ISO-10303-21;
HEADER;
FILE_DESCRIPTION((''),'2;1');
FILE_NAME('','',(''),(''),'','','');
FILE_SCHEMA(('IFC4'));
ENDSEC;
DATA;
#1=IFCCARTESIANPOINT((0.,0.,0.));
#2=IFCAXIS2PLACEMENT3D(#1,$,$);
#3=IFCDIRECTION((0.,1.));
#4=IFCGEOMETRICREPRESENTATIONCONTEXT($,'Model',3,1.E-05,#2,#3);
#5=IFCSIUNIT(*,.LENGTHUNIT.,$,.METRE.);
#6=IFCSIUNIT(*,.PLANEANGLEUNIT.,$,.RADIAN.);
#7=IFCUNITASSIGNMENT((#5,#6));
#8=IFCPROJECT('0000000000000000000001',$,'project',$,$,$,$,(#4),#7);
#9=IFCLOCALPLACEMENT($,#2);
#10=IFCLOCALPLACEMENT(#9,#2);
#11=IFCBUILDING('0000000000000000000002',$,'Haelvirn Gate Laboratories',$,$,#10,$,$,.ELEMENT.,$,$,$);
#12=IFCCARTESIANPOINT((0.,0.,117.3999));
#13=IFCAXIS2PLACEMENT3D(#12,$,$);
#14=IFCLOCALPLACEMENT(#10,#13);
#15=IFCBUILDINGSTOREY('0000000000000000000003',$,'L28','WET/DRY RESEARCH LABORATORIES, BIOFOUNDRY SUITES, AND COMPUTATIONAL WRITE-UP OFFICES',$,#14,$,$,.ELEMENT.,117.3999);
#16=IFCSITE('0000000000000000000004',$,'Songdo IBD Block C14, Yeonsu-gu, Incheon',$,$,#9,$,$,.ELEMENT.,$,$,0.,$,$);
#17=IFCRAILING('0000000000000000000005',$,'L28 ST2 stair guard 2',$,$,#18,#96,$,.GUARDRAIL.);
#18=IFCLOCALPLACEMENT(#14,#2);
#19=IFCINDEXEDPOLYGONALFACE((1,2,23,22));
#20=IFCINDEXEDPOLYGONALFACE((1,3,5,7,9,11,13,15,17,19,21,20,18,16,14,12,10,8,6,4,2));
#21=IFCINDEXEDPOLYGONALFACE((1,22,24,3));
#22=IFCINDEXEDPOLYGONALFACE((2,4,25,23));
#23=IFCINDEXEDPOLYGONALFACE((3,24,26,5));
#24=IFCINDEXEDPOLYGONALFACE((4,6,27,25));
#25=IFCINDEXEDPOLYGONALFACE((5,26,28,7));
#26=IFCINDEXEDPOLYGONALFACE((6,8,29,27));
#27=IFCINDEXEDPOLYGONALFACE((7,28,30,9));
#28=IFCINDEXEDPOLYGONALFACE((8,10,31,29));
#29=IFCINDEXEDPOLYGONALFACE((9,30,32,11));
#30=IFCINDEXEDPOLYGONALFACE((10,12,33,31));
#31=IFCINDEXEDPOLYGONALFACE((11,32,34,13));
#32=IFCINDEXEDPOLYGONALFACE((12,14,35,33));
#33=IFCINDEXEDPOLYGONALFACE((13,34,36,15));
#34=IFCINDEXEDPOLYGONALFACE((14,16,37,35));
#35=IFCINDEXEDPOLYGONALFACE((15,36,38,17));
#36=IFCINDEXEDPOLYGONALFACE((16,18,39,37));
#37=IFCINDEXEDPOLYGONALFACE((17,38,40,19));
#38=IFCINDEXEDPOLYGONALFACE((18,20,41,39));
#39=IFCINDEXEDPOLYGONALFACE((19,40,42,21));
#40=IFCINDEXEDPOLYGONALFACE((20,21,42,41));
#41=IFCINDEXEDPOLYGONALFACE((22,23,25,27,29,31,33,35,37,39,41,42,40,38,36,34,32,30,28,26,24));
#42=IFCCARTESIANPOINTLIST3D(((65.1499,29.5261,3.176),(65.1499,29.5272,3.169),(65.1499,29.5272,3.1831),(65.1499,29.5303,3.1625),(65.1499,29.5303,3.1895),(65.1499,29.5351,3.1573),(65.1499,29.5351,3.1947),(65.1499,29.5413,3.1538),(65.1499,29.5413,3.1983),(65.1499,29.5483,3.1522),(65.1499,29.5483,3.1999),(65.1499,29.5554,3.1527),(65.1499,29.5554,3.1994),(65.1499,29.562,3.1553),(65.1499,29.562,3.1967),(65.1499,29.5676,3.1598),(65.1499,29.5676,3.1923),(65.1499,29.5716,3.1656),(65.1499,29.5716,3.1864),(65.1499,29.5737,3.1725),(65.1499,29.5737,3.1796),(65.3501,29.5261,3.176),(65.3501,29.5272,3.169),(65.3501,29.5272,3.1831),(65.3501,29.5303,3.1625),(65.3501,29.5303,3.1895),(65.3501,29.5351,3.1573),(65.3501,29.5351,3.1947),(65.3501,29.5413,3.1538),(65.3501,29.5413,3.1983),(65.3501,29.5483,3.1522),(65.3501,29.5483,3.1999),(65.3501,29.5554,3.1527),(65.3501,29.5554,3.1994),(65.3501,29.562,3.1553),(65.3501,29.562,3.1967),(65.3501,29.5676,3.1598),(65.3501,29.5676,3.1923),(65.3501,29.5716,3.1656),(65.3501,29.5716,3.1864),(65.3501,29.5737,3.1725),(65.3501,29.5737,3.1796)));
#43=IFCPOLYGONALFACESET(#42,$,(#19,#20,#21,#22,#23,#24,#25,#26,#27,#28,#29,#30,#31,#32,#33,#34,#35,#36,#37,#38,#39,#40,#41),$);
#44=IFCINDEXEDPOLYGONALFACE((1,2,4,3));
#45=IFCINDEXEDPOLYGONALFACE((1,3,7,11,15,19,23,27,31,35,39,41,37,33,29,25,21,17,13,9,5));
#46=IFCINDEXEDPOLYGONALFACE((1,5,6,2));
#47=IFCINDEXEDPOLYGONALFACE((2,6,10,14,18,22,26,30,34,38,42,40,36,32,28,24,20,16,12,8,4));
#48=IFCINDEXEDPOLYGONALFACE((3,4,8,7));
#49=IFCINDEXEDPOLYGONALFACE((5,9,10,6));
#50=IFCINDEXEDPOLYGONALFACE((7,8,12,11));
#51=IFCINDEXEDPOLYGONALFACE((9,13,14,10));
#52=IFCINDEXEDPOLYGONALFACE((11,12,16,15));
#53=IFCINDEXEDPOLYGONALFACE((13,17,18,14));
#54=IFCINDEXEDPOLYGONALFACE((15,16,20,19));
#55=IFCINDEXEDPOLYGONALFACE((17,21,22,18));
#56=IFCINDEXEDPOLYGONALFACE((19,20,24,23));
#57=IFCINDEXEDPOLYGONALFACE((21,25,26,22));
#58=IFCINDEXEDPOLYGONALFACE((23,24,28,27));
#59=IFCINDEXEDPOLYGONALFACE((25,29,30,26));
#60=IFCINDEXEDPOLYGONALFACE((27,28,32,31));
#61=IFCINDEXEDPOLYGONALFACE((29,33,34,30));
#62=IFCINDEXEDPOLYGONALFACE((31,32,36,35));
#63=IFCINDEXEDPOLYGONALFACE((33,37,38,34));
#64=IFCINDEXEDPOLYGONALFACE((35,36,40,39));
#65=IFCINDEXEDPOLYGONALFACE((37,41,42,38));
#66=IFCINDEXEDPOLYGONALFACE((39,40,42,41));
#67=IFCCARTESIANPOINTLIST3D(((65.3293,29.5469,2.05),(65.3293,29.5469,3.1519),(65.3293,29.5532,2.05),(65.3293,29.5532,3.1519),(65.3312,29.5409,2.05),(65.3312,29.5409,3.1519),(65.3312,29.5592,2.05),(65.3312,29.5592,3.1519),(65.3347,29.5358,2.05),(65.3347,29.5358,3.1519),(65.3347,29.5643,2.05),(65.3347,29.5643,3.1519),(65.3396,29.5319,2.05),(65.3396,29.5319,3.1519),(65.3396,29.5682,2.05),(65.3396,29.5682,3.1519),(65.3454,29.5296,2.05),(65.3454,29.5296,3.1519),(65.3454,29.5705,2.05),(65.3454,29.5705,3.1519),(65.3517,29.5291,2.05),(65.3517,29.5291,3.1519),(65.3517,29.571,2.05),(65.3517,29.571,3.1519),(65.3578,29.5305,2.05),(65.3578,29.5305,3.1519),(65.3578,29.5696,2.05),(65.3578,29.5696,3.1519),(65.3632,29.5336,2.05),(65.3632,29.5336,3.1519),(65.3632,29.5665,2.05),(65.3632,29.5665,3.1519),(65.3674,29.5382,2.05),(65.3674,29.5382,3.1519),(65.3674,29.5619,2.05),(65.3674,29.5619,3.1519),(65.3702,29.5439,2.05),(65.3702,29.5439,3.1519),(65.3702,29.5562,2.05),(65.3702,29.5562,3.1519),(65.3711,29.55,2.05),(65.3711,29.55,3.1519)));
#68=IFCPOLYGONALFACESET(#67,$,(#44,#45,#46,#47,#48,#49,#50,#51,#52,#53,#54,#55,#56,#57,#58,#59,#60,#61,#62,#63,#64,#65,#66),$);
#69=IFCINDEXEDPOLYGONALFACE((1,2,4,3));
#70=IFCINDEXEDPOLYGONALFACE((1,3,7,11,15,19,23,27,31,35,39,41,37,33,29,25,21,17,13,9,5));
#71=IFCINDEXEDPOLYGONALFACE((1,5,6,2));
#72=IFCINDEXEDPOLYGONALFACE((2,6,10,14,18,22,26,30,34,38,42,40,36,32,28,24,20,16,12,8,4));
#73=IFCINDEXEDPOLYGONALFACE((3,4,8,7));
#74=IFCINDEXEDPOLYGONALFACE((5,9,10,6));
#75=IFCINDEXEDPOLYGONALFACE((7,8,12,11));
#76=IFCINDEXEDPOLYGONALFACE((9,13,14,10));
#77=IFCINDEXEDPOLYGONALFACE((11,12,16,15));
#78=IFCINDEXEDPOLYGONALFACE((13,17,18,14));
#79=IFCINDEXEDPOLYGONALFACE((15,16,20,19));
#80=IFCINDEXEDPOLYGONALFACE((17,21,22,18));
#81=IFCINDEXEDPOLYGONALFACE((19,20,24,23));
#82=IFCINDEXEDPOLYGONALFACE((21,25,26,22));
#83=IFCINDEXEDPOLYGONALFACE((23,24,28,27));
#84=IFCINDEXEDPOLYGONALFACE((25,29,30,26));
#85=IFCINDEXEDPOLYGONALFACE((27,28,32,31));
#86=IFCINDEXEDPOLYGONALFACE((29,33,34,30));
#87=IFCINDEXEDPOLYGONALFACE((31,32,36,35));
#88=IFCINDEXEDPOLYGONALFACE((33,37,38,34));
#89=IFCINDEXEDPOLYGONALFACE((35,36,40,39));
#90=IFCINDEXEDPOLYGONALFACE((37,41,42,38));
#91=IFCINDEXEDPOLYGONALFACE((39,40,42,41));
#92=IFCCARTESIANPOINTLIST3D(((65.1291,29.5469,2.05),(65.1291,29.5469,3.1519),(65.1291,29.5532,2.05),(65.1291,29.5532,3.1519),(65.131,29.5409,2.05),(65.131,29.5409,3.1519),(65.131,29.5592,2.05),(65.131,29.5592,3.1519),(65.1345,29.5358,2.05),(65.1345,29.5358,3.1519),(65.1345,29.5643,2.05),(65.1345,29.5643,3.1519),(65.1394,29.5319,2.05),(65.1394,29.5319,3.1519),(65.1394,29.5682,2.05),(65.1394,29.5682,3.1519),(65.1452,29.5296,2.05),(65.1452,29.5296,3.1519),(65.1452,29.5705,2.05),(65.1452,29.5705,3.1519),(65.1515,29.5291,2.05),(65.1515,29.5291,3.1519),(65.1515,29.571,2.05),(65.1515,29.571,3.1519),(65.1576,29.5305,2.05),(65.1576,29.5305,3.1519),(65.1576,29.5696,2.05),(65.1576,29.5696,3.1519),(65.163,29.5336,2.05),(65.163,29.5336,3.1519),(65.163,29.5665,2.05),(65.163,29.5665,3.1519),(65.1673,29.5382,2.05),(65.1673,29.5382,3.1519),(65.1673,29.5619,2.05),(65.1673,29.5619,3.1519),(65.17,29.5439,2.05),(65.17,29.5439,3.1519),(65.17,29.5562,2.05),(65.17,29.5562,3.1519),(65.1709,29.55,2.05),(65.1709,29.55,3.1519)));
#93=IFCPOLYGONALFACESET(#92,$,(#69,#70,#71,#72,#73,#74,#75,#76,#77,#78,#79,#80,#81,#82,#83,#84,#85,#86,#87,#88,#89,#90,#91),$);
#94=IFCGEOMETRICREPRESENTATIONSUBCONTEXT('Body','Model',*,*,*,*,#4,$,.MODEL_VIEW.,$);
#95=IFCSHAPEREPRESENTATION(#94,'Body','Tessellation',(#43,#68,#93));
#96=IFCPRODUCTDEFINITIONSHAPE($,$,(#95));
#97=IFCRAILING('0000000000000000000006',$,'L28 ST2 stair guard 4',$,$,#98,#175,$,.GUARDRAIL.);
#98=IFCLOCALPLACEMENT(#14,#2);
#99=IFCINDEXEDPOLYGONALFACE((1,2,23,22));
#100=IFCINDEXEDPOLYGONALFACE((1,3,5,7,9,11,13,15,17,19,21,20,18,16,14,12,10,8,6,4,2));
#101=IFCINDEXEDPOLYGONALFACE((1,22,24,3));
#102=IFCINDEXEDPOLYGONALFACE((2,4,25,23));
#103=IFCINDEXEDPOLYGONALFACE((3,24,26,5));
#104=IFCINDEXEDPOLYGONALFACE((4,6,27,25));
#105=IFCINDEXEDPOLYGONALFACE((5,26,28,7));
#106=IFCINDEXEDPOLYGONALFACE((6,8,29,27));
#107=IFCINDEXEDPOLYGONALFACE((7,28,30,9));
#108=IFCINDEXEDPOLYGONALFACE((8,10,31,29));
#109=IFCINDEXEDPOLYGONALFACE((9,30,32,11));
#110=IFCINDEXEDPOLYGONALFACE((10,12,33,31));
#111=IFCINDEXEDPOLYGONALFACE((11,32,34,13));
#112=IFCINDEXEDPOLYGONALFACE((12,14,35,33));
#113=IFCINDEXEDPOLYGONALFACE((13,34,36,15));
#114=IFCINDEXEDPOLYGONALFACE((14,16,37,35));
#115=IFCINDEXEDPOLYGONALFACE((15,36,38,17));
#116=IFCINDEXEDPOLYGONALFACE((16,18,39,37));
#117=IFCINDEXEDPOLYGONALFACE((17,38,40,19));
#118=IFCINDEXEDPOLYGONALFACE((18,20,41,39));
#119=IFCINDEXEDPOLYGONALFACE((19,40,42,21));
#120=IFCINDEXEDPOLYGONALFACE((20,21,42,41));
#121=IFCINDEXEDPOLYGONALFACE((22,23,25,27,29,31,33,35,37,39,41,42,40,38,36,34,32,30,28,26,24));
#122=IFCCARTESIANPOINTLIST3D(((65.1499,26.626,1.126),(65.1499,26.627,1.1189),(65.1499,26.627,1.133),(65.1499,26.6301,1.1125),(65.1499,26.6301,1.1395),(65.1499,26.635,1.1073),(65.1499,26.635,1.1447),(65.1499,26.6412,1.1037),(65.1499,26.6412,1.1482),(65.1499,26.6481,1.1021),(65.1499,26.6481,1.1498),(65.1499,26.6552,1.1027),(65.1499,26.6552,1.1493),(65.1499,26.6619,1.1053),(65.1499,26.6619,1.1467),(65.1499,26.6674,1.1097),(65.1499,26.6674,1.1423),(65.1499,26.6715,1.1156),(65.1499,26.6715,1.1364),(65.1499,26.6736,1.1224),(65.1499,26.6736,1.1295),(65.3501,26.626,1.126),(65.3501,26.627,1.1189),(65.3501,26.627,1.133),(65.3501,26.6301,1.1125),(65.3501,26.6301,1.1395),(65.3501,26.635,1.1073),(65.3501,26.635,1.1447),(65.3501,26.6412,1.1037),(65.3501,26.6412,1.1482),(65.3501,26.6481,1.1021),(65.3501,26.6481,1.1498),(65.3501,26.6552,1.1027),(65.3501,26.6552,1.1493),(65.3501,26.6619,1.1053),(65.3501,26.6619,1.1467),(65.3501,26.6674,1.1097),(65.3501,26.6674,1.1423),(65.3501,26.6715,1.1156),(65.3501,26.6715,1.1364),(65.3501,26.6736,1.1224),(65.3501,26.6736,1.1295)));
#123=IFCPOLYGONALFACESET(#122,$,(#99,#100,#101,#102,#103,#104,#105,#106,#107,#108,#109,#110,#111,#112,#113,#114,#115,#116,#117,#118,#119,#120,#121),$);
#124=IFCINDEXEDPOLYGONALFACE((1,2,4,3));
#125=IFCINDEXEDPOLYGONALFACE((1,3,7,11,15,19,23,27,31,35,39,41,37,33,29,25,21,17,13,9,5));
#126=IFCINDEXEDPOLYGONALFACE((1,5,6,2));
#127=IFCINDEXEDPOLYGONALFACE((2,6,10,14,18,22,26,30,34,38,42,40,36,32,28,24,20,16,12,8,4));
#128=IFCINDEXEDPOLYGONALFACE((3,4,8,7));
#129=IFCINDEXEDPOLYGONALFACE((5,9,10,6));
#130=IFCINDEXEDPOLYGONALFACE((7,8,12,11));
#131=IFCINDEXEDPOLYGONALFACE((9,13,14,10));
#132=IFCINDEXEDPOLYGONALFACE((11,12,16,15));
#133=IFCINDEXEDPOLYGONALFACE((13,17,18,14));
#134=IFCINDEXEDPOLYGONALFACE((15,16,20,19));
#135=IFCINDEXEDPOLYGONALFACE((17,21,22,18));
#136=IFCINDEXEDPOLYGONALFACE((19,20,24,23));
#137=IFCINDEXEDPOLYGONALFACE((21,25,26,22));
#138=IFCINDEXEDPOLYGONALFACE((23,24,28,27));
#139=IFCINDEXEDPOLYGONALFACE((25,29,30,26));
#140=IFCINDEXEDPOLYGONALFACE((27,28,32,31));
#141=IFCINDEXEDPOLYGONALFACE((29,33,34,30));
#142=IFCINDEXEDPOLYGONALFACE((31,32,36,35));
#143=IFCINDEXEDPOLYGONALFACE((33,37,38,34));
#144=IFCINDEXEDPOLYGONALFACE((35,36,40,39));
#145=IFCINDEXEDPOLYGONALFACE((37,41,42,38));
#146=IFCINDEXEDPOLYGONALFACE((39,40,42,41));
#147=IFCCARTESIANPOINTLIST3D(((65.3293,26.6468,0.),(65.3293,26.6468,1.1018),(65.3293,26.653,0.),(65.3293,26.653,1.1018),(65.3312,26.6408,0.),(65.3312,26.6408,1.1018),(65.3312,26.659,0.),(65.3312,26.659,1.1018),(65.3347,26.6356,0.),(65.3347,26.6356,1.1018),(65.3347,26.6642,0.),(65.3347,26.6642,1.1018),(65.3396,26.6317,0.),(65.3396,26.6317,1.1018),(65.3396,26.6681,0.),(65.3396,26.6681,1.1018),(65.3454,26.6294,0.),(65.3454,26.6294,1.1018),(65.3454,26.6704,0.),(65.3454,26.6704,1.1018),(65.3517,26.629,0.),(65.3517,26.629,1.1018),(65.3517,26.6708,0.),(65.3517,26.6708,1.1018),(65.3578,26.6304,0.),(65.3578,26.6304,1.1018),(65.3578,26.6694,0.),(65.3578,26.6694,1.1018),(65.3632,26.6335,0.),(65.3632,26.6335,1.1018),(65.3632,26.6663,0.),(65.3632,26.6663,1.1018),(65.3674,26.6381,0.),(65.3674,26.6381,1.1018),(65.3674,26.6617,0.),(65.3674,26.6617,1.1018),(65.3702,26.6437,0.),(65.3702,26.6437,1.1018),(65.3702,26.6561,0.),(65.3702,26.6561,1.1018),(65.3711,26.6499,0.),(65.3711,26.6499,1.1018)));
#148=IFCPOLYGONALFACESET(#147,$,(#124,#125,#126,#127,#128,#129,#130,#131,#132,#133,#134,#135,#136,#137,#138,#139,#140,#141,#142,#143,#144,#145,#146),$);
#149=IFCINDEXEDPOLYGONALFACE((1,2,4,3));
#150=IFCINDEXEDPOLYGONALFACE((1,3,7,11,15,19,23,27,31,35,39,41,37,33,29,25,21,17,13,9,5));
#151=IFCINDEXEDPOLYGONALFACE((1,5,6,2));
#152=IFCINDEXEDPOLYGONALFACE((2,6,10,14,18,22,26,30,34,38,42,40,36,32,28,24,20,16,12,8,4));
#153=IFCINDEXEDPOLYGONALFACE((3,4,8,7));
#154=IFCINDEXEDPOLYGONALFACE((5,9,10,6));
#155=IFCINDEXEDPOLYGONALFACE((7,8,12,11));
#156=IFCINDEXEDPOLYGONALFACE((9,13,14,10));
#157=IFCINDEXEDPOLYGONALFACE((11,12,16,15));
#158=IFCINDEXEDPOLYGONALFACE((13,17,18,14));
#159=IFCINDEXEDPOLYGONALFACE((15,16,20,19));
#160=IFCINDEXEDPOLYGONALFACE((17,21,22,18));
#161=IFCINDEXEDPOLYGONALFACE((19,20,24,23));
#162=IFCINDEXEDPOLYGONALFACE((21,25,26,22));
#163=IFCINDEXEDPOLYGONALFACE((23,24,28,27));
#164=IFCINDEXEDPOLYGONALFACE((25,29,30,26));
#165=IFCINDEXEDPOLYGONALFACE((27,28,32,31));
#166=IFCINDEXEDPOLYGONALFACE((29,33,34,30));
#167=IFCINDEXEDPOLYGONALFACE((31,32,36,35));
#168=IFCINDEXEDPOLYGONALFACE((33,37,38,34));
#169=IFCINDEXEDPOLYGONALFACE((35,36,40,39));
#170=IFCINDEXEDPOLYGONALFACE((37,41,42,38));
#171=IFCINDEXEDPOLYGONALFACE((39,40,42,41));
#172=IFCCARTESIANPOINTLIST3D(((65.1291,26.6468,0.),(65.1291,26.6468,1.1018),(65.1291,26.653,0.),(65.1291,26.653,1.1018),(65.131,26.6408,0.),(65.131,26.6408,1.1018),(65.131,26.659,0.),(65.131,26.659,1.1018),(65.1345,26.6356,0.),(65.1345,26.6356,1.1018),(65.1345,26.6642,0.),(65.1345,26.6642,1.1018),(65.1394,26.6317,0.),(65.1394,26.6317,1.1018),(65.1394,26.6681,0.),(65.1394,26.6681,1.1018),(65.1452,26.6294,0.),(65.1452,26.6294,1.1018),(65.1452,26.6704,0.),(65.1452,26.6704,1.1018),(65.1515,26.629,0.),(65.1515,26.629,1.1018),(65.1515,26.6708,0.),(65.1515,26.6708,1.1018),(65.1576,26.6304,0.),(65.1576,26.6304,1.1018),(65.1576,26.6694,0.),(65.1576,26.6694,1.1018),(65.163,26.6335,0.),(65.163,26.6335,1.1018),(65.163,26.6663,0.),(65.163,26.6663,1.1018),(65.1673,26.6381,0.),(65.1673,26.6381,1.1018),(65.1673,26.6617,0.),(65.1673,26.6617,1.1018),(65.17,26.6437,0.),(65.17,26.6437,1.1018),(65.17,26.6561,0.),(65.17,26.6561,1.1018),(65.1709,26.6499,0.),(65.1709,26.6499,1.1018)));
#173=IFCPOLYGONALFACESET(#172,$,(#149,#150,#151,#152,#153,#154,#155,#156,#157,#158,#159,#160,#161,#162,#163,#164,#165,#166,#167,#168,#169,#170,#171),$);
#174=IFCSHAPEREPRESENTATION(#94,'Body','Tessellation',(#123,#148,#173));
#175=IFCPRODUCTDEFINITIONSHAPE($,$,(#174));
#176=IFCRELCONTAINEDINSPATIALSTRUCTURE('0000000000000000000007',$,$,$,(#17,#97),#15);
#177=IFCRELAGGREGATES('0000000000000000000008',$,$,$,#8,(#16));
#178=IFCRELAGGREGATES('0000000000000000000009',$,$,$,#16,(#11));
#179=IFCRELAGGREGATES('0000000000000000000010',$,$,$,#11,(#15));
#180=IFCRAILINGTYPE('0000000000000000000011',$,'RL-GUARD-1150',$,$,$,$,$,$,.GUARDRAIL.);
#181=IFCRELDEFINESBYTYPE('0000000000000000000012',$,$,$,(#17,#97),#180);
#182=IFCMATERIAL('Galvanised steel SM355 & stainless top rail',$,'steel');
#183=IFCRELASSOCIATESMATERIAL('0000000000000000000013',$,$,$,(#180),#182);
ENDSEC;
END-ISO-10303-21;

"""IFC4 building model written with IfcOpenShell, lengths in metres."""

from ifc_helpers import new_model, si_unit, direction, frame, origin, origin_2d, place, context, subcontext, project, spatial, circle, extrude, source, transform, mapped, material, type_object, element, save


model = new_model("IFC4")

# Units and contexts
model_context = context("Model", 3, precision=1e-05, world=origin(), true_north=direction((0.0, 1.0)))
body_context = subcontext(model_context, "Body", "Model", "MODEL_VIEW")
ifc_project = project(units=[si_unit("LENGTHUNIT", "METRE"), si_unit("PLANEANGLEUNIT", "RADIAN")], contexts=[model_context])

# Site, building, storey
site_placement = place(None, origin())
site = spatial("IfcSite", under=ifc_project, at=site_placement, Name="Songdo IBD Block C14, Yeonsu-gu, Incheon", CompositionType="ELEMENT", RefElevation=0.0)
building_placement = place(site_placement, origin())
building = spatial("IfcBuilding", under=site, at=building_placement, Name="Haelvirn Gate Laboratories", CompositionType="ELEMENT")
storey_placement = place(building_placement, frame((0.0, 0.0, 117.3999)))
storey = spatial("IfcBuildingStorey", under=building, at=storey_placement, Name="L28", Description="WET/DRY RESEARCH LABORATORIES, BIOFOUNDRY SUITES, AND COMPUTATIONAL WRITE-UP OFFICES", CompositionType="ELEMENT", Elevation=117.3999)

# Railings
ifc_material_1 = material(Name="Galvanised steel SM355 & stainless top rail", Category="steel")
railing_type_1 = type_object("IfcRailingType", Name="RL-GUARD-1150", PredefinedType="GUARDRAIL", material=ifc_material_1)
shared_shape_1 = source(origin(), body_context, "Body", "SweptSolid", [
    extrude(circle(Radius=0.0239, at=origin_2d()), frame((0.0, 0.0, 1.126), z_axis=(-1.0, 0.0, 0.0), x_axis=(0.0, -1.0, 0.0)), (0.0, 0.0, 1.0), 0.2002),
    extrude(circle(Radius=0.021, at=origin_2d()), origin(), (0.0, 0.0, 1.0), 1.1018),
    extrude(circle(Radius=0.021, at=origin_2d()), frame((-0.2002, 0.0, 0.0)), (0.0, 0.0, 1.0), 1.1018),
])
for number, where, name in (
    (1, (65.3501, 29.55, 2.05), "L28 ST2 stair guard 2"),
    (2, (65.3501, 26.6499, 0.0), "L28 ST2 stair guard 4"),
):
    element("IfcRailing", number, at=place(storey_placement, frame(where)), inside=storey, type_object=railing_type_1, Name=name, PredefinedType="GUARDRAIL", context=body_context, shape_type="MappedRepresentation", body=[
        mapped(shared_shape_1, transform((0.0, 0.0, 0.0), scale=1.0)),
    ])

save(model, "model.ifc")
